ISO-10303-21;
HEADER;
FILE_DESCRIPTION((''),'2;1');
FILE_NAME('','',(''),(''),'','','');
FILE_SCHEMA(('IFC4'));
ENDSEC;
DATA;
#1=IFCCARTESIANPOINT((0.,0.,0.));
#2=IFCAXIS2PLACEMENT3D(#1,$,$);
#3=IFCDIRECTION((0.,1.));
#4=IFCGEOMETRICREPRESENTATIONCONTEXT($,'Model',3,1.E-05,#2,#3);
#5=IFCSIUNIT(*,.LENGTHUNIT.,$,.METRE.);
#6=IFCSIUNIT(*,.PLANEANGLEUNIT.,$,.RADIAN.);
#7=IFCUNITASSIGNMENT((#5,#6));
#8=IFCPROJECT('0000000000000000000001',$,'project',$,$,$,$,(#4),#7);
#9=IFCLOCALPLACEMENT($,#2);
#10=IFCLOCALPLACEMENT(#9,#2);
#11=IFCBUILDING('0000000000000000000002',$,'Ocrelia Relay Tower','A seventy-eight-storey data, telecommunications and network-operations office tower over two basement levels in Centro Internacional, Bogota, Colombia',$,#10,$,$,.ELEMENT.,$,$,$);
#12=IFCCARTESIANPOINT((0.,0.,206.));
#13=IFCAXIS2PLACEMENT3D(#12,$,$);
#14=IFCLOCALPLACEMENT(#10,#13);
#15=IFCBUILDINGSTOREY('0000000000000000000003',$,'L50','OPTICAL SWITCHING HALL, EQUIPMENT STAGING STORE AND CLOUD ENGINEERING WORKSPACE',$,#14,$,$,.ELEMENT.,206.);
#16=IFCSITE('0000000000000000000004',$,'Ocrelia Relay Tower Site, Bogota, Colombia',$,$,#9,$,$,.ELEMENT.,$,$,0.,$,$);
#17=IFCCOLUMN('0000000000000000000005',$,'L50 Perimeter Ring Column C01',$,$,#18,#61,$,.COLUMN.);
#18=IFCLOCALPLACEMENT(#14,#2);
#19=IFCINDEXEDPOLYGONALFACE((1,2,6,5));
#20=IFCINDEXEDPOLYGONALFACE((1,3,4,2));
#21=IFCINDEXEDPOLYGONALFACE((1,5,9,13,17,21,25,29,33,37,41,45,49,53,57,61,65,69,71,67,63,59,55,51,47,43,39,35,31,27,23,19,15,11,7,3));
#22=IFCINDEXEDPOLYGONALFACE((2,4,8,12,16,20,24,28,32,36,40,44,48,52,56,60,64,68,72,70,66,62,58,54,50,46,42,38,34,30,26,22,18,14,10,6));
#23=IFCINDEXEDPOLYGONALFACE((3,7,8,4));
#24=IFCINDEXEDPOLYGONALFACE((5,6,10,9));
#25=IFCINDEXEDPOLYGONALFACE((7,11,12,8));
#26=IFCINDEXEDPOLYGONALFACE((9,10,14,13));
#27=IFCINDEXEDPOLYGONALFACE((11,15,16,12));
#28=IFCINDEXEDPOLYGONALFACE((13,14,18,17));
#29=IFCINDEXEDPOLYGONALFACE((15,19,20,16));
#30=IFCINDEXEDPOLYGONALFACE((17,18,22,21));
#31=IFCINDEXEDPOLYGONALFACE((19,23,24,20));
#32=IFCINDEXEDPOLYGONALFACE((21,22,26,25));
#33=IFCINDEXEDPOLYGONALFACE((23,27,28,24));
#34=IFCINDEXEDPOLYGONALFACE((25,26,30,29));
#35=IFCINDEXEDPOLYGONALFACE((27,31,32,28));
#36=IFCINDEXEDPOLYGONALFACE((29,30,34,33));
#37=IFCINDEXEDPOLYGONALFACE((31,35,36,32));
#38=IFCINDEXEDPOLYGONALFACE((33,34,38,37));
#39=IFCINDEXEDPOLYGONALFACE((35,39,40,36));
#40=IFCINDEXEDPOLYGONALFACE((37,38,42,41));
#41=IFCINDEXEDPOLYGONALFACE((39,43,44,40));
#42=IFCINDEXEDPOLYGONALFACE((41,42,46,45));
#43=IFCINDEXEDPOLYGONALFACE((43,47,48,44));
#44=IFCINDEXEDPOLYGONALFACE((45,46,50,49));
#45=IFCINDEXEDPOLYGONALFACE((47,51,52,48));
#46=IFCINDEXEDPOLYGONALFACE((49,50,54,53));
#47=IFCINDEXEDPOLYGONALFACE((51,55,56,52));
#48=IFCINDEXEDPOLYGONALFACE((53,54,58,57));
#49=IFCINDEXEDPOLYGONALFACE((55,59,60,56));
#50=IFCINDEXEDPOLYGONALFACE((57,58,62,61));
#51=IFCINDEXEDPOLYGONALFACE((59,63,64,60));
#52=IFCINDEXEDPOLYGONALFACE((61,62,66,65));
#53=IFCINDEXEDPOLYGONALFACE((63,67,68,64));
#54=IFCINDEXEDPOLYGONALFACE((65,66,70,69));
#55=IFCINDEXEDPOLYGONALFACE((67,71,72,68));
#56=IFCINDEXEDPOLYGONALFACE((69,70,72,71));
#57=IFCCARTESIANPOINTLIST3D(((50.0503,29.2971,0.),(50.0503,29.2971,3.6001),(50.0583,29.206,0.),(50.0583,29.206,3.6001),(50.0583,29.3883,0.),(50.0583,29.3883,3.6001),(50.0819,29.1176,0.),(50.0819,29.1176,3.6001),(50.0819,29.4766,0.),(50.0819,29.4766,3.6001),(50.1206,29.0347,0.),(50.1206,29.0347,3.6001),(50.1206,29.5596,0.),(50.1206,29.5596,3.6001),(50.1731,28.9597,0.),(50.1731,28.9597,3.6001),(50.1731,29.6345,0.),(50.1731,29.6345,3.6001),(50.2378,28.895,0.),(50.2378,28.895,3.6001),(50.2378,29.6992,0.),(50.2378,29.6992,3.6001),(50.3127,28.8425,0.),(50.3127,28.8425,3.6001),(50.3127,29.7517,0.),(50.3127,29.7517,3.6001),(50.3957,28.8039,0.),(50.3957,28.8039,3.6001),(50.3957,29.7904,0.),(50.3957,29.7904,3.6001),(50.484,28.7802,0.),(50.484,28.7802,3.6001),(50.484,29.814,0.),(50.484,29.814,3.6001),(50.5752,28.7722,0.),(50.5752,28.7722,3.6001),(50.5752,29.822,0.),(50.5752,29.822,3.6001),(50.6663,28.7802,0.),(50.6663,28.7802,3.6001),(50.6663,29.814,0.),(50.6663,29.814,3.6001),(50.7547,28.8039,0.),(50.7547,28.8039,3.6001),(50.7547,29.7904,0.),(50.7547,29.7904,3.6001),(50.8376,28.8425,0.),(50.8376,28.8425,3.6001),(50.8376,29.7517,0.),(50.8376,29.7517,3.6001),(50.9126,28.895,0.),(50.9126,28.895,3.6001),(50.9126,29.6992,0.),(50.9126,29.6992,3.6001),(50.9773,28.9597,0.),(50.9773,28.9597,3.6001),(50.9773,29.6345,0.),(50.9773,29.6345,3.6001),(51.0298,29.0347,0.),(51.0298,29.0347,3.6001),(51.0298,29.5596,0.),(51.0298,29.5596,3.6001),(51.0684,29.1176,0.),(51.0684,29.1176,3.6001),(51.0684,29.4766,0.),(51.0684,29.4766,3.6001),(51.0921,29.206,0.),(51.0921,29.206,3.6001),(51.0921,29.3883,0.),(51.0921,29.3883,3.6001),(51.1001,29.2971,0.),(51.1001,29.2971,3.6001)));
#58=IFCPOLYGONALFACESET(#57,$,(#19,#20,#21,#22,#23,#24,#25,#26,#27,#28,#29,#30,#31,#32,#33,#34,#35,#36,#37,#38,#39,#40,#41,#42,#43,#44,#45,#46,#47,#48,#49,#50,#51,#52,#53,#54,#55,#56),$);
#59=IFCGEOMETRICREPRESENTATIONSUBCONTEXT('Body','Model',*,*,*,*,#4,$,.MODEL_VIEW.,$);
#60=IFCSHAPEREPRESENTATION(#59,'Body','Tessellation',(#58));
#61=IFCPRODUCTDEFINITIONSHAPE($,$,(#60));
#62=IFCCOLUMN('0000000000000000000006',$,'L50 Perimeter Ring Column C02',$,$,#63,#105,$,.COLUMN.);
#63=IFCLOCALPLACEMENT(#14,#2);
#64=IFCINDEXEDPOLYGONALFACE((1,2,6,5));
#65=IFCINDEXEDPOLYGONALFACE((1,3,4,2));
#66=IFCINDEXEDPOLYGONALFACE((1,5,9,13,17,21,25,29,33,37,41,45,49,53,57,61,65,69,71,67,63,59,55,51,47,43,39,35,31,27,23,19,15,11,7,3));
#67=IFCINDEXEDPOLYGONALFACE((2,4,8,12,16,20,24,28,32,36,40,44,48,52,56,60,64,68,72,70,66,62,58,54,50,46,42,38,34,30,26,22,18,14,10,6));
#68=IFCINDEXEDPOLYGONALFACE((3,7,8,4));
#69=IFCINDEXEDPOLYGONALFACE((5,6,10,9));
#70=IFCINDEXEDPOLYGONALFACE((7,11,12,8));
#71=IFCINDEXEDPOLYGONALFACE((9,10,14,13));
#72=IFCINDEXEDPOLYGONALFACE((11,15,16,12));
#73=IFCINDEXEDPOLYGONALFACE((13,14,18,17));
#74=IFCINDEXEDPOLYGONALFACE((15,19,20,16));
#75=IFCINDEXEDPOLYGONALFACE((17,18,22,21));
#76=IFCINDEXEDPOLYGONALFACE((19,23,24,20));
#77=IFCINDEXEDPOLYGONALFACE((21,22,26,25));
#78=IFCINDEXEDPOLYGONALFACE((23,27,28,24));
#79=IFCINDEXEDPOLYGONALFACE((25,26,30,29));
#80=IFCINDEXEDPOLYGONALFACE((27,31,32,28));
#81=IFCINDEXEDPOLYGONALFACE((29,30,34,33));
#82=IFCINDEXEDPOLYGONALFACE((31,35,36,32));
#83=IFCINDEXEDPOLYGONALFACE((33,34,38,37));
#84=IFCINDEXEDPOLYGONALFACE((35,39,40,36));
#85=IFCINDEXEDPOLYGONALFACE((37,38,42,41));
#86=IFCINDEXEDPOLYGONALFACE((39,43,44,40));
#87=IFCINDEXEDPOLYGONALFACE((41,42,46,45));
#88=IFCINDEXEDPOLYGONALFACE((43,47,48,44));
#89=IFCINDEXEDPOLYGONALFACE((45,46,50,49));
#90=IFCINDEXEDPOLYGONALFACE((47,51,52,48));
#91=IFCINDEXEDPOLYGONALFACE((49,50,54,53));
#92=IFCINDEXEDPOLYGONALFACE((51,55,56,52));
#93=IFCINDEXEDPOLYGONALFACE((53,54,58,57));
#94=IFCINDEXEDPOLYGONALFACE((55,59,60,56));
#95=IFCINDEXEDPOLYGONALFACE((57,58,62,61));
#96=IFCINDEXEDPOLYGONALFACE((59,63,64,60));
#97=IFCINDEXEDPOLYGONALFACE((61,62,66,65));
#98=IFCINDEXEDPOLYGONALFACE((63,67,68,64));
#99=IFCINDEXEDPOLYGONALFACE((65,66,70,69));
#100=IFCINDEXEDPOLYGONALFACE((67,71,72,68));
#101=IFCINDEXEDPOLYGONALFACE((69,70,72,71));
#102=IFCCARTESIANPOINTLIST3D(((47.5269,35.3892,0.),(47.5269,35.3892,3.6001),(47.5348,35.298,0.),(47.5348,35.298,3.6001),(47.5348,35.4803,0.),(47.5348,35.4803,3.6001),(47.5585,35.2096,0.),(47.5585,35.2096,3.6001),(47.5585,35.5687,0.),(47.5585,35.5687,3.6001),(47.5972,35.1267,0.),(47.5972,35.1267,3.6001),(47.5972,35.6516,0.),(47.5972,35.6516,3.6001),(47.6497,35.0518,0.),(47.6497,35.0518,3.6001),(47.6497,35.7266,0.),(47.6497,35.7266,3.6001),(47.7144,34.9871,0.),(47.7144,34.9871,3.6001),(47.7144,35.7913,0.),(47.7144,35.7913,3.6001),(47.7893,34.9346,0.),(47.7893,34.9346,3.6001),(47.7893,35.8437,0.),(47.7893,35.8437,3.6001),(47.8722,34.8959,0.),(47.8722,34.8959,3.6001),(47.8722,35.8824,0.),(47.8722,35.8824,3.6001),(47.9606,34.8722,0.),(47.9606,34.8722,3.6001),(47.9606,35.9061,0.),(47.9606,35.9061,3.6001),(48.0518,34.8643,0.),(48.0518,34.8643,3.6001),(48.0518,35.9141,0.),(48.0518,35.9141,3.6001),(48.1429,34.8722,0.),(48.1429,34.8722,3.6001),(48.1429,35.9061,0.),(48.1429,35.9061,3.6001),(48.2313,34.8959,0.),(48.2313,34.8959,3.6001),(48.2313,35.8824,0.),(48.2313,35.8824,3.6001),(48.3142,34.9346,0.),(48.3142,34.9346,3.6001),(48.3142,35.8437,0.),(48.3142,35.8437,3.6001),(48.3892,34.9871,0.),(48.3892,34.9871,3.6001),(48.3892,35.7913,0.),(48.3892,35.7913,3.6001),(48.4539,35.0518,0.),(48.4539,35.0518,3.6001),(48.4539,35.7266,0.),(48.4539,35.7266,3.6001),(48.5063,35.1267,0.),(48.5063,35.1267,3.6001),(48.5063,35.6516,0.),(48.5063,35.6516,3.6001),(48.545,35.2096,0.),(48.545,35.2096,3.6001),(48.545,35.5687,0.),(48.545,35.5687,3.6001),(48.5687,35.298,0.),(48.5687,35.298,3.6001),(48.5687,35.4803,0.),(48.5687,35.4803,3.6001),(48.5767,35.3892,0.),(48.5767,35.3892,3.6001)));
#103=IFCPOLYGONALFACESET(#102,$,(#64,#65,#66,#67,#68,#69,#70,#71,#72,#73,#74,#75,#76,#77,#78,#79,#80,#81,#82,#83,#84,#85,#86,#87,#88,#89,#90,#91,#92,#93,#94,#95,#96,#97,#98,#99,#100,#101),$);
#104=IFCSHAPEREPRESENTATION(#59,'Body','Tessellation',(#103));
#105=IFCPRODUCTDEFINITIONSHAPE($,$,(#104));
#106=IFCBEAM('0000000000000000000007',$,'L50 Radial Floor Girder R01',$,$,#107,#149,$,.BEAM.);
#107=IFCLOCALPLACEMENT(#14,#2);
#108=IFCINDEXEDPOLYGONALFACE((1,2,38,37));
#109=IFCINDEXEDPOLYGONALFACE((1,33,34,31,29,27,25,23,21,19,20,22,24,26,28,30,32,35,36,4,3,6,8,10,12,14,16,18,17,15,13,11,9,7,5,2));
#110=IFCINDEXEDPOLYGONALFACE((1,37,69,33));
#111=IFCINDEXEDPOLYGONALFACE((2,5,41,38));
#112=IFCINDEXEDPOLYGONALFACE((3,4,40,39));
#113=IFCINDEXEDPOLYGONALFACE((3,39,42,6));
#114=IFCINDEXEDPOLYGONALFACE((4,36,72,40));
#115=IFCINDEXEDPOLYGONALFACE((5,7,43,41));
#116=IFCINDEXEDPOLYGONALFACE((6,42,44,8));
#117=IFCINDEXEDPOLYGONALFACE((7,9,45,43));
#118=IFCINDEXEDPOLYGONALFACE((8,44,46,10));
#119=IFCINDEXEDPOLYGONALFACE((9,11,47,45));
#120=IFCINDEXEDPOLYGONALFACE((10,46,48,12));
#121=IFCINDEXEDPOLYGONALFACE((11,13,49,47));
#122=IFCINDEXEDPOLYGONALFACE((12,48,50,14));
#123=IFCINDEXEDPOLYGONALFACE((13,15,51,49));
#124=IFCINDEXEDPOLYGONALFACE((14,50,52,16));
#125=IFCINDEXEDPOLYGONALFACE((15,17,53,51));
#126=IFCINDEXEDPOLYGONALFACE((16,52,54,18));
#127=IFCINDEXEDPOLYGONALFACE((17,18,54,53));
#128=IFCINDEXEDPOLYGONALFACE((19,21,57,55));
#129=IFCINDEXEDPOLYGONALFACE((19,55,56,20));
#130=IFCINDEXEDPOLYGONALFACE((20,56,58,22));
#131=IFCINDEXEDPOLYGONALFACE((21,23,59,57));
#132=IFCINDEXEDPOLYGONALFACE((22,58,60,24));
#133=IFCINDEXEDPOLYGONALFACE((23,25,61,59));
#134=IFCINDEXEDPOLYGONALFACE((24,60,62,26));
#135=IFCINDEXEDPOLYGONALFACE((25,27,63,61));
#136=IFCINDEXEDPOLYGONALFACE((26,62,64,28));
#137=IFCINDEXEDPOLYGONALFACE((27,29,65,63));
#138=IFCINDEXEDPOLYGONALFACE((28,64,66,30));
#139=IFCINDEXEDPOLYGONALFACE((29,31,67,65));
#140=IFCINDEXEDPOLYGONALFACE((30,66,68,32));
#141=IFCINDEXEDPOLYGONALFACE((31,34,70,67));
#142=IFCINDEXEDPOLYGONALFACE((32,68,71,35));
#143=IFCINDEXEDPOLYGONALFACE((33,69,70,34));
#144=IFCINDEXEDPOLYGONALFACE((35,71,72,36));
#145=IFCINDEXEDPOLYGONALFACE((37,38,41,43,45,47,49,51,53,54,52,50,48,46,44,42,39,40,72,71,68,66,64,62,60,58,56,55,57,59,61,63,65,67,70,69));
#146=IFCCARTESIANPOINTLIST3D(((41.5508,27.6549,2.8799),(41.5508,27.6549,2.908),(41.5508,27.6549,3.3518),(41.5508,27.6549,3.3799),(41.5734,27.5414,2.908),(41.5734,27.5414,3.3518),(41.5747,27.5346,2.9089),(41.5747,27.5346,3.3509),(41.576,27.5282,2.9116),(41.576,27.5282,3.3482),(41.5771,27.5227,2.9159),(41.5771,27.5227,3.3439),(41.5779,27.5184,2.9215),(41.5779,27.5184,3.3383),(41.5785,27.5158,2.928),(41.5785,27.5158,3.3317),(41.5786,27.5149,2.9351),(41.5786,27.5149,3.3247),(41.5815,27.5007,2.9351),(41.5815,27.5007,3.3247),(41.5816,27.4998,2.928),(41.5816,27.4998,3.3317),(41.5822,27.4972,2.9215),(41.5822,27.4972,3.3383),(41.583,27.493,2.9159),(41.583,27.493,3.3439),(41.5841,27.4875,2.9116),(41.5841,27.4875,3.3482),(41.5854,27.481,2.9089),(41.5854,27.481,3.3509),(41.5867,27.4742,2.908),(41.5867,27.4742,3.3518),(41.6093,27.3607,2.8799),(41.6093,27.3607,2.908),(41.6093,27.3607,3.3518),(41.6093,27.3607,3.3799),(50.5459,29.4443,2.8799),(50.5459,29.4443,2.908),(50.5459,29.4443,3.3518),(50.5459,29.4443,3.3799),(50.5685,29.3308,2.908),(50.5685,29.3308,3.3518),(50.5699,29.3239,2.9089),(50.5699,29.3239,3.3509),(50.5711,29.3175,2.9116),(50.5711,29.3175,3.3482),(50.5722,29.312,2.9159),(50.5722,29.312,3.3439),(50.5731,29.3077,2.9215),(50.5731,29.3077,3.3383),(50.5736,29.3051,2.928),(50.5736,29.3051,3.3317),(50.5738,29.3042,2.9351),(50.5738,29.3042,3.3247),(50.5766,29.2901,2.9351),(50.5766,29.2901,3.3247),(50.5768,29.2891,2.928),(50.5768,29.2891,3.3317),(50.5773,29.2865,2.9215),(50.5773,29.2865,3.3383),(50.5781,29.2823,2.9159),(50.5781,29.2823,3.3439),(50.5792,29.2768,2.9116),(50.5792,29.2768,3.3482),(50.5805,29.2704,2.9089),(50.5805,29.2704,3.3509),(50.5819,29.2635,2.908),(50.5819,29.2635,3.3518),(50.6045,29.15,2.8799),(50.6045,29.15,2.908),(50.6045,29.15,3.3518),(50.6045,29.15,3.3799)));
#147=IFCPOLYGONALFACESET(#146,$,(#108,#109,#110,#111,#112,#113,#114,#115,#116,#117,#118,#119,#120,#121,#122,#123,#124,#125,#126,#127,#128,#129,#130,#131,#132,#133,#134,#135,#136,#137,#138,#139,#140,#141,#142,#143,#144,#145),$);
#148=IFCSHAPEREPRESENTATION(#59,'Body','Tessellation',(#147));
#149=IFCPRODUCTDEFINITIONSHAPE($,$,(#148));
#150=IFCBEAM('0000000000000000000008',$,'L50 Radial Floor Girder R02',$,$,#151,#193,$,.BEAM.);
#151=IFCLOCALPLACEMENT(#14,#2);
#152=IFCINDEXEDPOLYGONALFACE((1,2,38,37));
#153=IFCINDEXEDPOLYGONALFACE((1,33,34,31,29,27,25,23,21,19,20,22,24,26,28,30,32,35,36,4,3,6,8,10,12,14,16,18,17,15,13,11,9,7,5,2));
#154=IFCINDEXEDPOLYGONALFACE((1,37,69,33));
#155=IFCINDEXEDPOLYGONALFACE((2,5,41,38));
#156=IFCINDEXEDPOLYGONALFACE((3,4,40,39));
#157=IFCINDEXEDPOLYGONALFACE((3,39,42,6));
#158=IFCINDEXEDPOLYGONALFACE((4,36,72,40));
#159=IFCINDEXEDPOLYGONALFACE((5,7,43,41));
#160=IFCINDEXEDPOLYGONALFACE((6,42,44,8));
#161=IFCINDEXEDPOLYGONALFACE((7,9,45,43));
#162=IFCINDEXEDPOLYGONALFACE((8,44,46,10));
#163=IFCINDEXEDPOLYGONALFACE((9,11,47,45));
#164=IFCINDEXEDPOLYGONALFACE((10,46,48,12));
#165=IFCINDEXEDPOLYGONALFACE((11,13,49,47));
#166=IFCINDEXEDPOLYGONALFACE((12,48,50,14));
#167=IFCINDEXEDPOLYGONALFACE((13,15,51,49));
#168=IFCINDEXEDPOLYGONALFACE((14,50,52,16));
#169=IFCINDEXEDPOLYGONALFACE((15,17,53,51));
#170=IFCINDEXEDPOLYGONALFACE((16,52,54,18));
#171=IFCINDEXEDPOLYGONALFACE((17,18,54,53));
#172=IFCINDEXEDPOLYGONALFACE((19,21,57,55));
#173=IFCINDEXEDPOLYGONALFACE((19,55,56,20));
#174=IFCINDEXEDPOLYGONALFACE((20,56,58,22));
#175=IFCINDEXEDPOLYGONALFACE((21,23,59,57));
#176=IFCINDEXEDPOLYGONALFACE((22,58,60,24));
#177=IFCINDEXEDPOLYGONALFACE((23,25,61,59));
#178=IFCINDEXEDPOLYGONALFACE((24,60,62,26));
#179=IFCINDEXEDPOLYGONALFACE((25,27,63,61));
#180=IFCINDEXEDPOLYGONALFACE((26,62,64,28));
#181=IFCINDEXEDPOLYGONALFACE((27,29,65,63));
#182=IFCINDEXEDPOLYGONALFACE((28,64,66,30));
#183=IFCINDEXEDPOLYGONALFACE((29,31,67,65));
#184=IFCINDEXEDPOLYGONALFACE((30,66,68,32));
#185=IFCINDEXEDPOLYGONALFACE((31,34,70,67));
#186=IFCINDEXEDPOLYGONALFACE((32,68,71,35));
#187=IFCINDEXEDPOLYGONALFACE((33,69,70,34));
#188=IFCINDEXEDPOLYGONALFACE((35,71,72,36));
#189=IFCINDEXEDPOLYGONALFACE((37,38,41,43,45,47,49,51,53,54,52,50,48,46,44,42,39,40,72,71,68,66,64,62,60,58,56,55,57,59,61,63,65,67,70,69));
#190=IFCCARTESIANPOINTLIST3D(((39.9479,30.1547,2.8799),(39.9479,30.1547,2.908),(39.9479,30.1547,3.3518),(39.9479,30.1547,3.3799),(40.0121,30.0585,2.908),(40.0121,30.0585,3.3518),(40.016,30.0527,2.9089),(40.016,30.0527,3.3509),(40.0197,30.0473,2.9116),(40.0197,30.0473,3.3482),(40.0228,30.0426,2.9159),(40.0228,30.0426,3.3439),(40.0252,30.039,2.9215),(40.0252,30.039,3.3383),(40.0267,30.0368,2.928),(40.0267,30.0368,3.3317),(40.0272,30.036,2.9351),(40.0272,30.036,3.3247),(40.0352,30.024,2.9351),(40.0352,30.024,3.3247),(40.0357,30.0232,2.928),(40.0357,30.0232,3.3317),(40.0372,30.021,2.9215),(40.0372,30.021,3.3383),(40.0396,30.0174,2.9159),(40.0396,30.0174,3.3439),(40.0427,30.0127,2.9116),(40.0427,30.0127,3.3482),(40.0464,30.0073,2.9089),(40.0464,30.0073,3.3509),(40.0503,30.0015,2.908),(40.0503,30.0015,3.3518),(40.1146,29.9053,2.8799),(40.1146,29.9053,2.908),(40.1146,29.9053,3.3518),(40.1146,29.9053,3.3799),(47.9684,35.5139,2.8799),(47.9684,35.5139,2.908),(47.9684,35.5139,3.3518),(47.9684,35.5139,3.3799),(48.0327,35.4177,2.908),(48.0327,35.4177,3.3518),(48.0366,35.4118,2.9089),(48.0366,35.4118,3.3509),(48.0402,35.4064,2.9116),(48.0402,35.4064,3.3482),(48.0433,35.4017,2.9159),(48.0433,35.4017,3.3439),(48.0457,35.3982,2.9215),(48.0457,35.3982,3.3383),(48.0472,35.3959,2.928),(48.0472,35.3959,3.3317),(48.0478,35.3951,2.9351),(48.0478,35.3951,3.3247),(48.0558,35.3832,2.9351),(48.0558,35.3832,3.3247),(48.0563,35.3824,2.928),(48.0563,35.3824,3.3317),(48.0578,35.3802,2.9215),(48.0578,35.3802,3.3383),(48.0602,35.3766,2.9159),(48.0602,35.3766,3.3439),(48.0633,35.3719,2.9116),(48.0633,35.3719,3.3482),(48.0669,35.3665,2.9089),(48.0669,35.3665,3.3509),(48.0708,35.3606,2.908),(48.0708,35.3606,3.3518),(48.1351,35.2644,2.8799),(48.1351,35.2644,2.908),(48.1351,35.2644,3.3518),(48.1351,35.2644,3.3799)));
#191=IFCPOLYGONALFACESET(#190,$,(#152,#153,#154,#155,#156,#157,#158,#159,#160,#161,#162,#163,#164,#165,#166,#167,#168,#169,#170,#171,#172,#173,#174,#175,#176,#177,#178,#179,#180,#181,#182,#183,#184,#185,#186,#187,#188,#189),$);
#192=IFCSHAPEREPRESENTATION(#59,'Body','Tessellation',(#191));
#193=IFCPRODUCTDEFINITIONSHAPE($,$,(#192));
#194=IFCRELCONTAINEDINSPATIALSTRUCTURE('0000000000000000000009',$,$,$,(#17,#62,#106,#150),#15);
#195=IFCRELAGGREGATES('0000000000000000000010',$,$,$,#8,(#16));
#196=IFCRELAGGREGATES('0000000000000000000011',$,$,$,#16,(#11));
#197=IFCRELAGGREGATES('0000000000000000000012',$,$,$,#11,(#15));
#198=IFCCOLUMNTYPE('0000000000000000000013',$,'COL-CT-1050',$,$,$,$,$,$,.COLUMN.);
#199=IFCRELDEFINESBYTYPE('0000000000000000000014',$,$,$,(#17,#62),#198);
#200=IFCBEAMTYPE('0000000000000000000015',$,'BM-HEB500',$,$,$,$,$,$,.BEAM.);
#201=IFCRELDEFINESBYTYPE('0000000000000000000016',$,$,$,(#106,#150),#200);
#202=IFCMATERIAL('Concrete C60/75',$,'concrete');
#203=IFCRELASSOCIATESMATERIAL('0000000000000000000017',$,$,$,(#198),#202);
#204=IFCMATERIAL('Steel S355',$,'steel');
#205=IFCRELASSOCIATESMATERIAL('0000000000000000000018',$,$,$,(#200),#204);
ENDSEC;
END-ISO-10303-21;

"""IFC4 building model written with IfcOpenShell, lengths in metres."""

from ifc_helpers import new_model, si_unit, direction, frame, origin, origin_2d, place, context, subcontext, project, spatial, circle, i_section, extrude, material, material_profile, profile_set, type_object, element, save


model = new_model("IFC4")

# Units and contexts
model_context = context("Model", 3, precision=1e-05, world=origin(), true_north=direction((0.0, 1.0)))
body_context = subcontext(model_context, "Body", "Model", "MODEL_VIEW")
ifc_project = project(units=[si_unit("LENGTHUNIT", "METRE"), si_unit("PLANEANGLEUNIT", "RADIAN")], contexts=[model_context])

# Site, building, storey
site_placement = place(None, origin())
site = spatial("IfcSite", under=ifc_project, at=site_placement, Name="Ocrelia Relay Tower Site, Bogota, Colombia", CompositionType="ELEMENT", RefElevation=0.0)
building_placement = place(site_placement, origin())
building = spatial("IfcBuilding", under=site, at=building_placement, Name="Ocrelia Relay Tower", Description="A seventy-eight-storey data, telecommunications and network-operations office tower over two basement levels in Centro Internacional, Bogota, Colombia", CompositionType="ELEMENT")
storey_placement = place(building_placement, frame((0.0, 0.0, 206.0)))
storey = spatial("IfcBuildingStorey", under=building, at=storey_placement, Name="L50", Description="OPTICAL SWITCHING HALL, EQUIPMENT STAGING STORE AND CLOUD ENGINEERING WORKSPACE", CompositionType="ELEMENT", Elevation=206.0)

# Columns
ifc_material_1 = material(Name="Concrete C60/75", Category="concrete")
ifc_material_profile_1 = material_profile(ifc_material_1, circle(Radius=0.5249, at=origin_2d()), Name="RC-CIR-1050")
ifc_profile_set_1 = profile_set([ifc_material_profile_1], Name="Concrete C60/75")
column_type = type_object("IfcColumnType", Name="COL-CT-1050", PredefinedType="COLUMN", material=ifc_profile_set_1)
for number, where, z_axis, x_axis, name in (
    (1, (50.5752, 29.2971, 0.0), (0.0, 0.0, 1.0), (1.0, 0.0, 0.0), "L50 Perimeter Ring Column C01"),
    (2, (48.0518, 35.3892, 0.0), (0.0, 0.0, 1.0), (1.0, 0.0, 0.0), "L50 Perimeter Ring Column C02"),
):
    element("IfcColumn", number, at=place(storey_placement, frame(where, z_axis=z_axis, x_axis=x_axis)), inside=storey, type_object=column_type, Name=name, PredefinedType="COLUMN", context=body_context, shape_type="SweptSolid", body=[
        extrude(circle(Radius=0.5249, at=origin_2d()), origin(), (0.0, 0.0, 1.0), 3.6001),
    ])

# Beams
ifc_material_2 = material(Name="Steel S355", Category="steel")
ifc_material_profile_2 = material_profile(ifc_material_2, i_section(OverallWidth=0.3, OverallDepth=0.5, WebThickness=0.0144, FlangeThickness=0.0281, FilletRadius=0.0271, at=origin_2d()), Name="HEB 500")
ifc_profile_set_2 = profile_set([ifc_material_profile_2], Name="Steel S355")
beam_type_1 = type_object("IfcBeamType", Name="BM-HEB500", PredefinedType="BEAM", material=ifc_profile_set_2)
beam_1_placement = place(storey_placement, frame((50.5752, 29.2971, 3.1299), z_axis=(-0.980784, -0.195097, 0.0), x_axis=(0.195097, -0.980784, 0.0)))
element("IfcBeam", 3, at=beam_1_placement, inside=storey, type_object=beam_type_1, Name="L50 Radial Floor Girder R01", PredefinedType="BEAM", context=body_context, shape_type="SweptSolid", body=[
    extrude(i_section(OverallWidth=0.3, OverallDepth=0.5, WebThickness=0.0144, FlangeThickness=0.0281, FilletRadius=0.0271, at=origin_2d()), origin(), (0.0, 0.0, 1.0), 9.1714),
])
beam_2_placement = place(storey_placement, frame((48.0518, 35.3892, 3.1299), z_axis=(-0.83147, -0.55557, 0.0), x_axis=(0.55557, -0.83147, 0.0)))
element("IfcBeam", 4, at=beam_2_placement, inside=storey, type_object=beam_type_1, Name="L50 Radial Floor Girder R02", PredefinedType="BEAM", context=body_context, shape_type="SweptSolid", body=[
    extrude(i_section(OverallWidth=0.3, OverallDepth=0.5, WebThickness=0.0144, FlangeThickness=0.0281, FilletRadius=0.0271, at=origin_2d()), origin(), (0.0, 0.0, 1.0), 9.6462),
])

save(model, "model.ifc")
